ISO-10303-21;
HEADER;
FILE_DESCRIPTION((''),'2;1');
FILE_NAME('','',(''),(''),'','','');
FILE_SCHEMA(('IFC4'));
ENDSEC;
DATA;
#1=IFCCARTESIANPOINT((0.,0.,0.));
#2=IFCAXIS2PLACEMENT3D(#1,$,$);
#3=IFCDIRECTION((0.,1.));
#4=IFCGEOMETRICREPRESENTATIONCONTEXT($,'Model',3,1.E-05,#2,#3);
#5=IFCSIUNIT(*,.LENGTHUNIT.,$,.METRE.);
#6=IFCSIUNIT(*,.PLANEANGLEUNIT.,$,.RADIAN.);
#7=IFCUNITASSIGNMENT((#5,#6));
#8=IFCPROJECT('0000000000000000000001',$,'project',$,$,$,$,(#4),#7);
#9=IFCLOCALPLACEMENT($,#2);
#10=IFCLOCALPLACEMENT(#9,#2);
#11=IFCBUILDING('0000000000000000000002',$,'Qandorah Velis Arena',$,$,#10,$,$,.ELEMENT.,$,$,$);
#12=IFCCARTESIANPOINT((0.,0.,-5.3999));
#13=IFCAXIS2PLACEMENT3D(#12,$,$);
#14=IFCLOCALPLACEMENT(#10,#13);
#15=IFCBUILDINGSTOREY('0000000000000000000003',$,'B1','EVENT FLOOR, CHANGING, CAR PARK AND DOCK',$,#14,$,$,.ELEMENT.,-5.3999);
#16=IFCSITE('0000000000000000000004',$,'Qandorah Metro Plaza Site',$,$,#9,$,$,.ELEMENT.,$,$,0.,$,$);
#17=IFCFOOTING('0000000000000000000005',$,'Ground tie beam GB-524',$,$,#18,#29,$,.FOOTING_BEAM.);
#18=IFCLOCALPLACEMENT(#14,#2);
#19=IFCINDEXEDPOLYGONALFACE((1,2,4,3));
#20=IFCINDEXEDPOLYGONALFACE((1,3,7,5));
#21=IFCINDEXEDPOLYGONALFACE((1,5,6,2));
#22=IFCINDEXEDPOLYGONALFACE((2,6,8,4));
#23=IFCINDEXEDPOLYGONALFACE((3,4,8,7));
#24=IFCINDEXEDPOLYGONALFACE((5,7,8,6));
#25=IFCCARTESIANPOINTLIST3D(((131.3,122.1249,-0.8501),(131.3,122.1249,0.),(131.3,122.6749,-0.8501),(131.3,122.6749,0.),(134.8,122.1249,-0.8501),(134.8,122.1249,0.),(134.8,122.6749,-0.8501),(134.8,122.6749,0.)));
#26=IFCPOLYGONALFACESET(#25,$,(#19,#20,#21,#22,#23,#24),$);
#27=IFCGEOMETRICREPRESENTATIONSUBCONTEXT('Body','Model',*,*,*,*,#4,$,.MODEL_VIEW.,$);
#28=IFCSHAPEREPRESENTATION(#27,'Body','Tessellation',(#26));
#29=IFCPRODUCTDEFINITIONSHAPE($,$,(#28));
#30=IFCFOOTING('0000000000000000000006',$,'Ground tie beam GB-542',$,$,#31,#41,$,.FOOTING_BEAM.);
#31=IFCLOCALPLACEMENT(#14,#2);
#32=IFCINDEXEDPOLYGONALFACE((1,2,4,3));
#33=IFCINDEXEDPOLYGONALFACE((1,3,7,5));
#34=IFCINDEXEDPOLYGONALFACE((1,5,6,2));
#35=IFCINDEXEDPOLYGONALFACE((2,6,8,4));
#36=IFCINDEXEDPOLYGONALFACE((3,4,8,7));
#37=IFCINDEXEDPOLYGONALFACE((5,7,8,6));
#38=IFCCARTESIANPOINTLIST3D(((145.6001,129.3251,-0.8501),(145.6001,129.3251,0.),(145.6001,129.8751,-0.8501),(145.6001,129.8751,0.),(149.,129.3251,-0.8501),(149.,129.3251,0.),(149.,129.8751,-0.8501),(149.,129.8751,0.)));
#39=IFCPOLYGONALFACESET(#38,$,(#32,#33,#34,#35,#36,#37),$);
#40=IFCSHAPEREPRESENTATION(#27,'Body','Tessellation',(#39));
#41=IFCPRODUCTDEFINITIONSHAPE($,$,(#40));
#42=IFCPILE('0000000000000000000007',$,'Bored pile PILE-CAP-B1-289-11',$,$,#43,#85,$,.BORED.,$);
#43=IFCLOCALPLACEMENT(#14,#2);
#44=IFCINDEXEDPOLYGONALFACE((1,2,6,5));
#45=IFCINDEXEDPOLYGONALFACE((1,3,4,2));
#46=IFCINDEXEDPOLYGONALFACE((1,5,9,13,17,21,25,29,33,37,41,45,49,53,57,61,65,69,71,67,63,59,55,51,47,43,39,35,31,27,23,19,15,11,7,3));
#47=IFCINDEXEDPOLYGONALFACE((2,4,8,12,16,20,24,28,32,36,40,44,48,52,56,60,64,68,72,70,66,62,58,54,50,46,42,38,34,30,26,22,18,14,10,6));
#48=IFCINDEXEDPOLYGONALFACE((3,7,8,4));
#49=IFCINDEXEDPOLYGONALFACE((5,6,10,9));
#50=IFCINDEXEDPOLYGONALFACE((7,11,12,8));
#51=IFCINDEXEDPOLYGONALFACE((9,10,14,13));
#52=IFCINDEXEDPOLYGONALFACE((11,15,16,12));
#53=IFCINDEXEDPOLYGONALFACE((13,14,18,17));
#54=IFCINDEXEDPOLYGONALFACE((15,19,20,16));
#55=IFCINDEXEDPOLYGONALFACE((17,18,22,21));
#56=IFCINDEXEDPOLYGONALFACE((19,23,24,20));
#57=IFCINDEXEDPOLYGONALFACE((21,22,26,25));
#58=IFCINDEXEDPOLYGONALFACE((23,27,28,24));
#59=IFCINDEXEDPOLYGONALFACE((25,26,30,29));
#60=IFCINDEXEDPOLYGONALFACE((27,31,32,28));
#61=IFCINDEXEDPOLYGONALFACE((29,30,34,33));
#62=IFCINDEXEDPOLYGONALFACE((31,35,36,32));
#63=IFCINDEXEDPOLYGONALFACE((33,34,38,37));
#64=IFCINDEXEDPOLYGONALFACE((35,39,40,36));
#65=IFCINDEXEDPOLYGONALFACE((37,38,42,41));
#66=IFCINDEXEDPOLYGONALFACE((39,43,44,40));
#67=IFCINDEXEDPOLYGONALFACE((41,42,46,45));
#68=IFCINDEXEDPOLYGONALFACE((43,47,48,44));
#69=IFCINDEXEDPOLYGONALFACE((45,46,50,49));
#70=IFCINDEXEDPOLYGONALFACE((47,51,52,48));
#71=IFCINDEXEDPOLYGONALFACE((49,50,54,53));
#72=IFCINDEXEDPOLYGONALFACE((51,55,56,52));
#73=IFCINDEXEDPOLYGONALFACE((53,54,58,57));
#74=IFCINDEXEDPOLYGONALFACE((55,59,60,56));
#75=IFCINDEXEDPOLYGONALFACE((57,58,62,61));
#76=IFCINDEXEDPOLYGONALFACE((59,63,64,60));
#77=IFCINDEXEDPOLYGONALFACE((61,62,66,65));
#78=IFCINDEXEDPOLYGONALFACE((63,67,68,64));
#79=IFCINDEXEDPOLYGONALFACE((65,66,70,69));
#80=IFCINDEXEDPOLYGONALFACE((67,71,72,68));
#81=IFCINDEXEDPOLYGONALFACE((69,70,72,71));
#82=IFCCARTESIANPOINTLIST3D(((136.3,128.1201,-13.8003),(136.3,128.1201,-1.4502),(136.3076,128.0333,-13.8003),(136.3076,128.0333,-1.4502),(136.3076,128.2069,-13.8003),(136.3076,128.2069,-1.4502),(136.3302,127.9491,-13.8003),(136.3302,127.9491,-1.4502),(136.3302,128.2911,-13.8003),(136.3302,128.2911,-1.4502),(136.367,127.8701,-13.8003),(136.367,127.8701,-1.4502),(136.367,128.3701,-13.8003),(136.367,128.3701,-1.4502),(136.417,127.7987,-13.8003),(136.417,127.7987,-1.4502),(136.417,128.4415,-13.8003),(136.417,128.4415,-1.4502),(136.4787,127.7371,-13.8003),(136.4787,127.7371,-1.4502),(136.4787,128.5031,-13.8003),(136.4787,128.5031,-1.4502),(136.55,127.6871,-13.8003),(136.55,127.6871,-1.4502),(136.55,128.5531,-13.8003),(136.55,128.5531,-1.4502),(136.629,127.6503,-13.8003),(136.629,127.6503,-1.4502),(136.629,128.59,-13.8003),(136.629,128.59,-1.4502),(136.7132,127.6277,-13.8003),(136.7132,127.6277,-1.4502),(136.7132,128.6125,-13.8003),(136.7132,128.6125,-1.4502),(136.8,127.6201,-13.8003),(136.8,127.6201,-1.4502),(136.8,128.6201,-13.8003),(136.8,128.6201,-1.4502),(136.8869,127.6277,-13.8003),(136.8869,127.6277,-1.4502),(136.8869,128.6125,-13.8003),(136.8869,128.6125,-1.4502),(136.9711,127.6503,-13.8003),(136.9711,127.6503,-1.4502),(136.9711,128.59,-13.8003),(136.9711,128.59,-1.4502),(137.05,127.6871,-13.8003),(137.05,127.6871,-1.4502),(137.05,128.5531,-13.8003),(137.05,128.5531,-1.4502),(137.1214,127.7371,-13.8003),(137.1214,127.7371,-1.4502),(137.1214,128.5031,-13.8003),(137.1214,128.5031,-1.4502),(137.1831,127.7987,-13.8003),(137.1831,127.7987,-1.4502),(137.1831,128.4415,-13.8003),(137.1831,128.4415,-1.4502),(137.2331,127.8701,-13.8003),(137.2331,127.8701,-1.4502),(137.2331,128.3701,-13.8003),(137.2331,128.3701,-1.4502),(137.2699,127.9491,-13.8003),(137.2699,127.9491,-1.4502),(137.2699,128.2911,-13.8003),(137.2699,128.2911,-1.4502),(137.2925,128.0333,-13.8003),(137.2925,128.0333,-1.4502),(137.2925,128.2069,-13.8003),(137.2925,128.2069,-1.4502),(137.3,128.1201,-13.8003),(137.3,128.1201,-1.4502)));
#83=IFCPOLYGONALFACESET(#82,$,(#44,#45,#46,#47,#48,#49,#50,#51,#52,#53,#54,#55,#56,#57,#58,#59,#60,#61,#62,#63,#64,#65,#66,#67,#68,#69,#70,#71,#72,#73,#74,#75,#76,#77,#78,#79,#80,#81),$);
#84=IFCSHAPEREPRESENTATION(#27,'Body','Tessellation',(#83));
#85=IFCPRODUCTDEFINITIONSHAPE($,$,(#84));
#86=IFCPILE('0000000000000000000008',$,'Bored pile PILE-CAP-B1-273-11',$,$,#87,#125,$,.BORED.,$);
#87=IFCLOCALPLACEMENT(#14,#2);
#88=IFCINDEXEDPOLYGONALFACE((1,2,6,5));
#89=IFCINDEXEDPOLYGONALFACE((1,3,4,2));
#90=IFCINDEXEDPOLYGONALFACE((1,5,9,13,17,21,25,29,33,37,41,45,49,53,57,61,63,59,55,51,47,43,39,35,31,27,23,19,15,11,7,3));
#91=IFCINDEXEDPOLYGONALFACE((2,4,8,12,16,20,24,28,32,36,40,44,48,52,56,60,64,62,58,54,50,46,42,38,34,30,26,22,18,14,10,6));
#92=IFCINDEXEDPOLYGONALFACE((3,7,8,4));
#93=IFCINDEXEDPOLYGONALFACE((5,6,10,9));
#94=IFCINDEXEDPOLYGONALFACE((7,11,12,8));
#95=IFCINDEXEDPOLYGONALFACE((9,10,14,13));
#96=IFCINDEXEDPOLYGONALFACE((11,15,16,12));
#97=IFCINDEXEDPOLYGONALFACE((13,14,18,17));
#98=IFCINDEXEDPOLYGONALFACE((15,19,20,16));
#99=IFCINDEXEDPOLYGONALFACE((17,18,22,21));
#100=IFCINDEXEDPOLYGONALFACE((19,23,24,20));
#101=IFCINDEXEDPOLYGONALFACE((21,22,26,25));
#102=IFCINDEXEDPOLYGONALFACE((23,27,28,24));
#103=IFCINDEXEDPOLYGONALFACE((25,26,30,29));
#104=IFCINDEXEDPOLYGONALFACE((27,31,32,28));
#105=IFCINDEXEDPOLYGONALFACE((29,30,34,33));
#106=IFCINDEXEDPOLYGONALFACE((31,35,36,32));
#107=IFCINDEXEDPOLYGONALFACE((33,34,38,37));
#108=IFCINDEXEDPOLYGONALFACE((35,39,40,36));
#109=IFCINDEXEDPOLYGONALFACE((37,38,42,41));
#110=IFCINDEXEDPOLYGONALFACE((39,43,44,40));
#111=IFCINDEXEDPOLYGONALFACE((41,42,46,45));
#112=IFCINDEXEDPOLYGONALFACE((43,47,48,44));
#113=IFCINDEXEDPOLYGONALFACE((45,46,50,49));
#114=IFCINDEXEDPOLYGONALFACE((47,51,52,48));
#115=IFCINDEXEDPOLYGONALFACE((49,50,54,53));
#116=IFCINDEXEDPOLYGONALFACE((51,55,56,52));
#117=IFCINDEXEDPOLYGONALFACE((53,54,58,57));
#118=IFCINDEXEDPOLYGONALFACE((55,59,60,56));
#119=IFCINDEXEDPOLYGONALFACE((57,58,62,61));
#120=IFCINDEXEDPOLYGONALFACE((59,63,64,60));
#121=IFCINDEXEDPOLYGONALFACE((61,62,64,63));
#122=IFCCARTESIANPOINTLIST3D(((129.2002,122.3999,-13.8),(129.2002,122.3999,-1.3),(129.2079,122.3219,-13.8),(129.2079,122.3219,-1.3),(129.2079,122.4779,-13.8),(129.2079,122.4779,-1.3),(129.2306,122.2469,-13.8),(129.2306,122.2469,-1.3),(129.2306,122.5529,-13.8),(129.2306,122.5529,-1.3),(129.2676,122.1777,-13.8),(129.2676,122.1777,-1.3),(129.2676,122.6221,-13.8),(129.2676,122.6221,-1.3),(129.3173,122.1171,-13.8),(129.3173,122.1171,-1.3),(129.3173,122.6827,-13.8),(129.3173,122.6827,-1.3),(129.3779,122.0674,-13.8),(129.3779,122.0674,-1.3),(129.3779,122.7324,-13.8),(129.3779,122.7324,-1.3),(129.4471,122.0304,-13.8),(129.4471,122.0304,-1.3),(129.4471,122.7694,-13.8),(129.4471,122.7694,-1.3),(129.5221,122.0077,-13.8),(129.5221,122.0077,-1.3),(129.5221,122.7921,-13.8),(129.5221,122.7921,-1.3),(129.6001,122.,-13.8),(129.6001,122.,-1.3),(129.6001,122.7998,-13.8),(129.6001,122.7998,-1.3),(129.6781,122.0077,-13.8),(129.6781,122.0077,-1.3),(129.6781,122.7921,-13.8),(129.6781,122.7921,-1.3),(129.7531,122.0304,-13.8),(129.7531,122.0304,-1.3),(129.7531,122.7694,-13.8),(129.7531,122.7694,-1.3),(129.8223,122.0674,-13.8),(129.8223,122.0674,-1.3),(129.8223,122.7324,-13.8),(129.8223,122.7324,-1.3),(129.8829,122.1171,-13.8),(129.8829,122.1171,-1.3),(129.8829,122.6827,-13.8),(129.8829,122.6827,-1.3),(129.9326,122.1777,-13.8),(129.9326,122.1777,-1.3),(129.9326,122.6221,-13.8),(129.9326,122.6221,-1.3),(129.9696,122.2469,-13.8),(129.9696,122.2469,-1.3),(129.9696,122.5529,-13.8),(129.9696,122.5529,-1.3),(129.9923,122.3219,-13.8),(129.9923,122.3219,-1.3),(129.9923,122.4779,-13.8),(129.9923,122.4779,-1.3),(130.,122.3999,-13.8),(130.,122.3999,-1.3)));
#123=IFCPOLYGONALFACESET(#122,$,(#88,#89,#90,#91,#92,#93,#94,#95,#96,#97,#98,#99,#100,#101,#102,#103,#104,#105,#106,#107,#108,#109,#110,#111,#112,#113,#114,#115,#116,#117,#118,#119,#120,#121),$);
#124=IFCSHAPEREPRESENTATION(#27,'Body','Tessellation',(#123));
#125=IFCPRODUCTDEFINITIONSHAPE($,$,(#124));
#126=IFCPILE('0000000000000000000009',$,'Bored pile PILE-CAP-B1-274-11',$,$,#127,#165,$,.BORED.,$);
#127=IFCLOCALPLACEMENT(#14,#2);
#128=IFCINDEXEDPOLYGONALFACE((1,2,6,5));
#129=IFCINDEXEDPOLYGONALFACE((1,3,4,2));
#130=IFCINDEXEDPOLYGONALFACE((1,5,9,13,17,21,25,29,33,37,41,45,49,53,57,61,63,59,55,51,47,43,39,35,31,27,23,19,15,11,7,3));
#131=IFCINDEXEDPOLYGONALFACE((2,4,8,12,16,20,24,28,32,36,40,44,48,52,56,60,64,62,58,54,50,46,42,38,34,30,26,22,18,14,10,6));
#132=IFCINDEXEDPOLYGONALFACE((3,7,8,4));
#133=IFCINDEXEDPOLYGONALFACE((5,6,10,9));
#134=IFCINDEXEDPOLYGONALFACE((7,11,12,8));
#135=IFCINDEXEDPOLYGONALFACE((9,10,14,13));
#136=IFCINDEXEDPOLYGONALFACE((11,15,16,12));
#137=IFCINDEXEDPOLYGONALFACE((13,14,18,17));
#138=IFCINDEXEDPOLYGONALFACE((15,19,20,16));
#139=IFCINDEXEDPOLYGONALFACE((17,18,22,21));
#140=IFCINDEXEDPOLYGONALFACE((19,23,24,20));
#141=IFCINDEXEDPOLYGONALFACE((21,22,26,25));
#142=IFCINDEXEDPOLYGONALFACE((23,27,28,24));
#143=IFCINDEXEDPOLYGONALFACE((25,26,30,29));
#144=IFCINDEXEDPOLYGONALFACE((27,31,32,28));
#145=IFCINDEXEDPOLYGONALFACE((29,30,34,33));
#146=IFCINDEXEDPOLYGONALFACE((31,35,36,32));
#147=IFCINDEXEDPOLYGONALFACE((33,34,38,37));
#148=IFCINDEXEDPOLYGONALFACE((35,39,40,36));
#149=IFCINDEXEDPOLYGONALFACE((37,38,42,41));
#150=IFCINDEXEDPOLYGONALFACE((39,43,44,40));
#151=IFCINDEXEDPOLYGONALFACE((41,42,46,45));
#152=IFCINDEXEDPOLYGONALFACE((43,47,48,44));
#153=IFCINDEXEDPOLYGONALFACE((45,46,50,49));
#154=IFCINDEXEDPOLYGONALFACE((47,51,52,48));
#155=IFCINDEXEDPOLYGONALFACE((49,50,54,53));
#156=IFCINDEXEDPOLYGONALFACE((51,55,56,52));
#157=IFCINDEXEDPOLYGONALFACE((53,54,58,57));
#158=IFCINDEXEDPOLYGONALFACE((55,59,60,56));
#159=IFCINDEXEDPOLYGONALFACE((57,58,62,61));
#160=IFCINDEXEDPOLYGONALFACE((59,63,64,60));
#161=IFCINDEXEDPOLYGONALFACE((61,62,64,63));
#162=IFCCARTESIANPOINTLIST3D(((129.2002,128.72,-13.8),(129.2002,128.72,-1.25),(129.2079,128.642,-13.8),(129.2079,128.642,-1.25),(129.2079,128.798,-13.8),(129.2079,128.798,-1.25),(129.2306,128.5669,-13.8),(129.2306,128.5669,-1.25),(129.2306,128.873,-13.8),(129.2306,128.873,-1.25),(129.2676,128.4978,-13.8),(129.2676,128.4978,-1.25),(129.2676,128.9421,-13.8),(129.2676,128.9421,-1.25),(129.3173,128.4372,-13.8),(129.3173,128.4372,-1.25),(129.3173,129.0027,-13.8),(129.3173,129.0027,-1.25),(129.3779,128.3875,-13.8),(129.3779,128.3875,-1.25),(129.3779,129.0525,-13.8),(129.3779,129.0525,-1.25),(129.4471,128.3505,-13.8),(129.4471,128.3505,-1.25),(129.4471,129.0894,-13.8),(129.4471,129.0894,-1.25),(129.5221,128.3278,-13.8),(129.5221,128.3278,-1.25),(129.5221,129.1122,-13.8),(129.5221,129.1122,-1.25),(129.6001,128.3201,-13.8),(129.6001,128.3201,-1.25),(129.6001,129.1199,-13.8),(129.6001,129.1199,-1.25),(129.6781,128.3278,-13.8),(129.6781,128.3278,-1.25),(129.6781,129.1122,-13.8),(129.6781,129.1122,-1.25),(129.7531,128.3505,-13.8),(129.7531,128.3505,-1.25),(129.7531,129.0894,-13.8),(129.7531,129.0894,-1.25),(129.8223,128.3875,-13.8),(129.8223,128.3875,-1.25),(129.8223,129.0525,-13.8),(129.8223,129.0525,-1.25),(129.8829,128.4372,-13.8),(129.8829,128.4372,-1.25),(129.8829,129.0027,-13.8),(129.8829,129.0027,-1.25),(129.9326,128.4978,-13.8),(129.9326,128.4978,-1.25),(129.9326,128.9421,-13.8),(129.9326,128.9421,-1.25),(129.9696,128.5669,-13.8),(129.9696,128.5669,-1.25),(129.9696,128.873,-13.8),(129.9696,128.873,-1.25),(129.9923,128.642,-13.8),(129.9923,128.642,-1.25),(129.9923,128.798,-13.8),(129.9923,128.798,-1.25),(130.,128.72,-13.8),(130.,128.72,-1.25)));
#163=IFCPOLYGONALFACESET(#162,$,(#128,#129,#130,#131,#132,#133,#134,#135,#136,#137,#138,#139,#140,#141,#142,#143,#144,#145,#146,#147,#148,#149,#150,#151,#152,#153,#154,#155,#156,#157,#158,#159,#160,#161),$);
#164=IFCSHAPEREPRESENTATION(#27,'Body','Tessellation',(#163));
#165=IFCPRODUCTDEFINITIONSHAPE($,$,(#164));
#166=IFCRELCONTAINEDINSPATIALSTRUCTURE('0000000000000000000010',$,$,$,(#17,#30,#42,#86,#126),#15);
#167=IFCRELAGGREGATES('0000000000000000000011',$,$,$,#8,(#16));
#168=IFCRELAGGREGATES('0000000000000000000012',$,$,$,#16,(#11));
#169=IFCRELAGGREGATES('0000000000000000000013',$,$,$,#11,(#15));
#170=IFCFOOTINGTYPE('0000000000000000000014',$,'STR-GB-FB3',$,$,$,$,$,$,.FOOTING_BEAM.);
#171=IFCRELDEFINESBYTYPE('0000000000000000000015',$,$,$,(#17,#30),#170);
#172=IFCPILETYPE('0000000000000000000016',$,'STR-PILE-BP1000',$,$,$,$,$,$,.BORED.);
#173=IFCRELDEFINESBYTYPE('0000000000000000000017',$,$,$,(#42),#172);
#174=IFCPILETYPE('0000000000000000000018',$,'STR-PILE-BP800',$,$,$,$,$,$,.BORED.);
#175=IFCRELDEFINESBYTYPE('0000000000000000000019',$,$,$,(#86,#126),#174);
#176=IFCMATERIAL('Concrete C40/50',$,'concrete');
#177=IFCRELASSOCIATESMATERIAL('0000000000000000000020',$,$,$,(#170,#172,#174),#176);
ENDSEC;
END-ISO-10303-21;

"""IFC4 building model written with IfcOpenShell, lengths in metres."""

from ifc_helpers import new_model, si_unit, direction, frame, origin, origin_2d, place, context, subcontext, project, spatial, rectangle, circle, extrude, material, material_profile, profile_set, type_object, element, save


model = new_model("IFC4")

# Units and contexts
model_context = context("Model", 3, precision=1e-05, world=origin(), true_north=direction((0.0, 1.0)))
body_context = subcontext(model_context, "Body", "Model", "MODEL_VIEW")
ifc_project = project(units=[si_unit("LENGTHUNIT", "METRE"), si_unit("PLANEANGLEUNIT", "RADIAN")], contexts=[model_context])

# Site, building, storey
site_placement = place(None, origin())
site = spatial("IfcSite", under=ifc_project, at=site_placement, Name="Qandorah Metro Plaza Site", CompositionType="ELEMENT", RefElevation=0.0)
building_placement = place(site_placement, origin())
building = spatial("IfcBuilding", under=site, at=building_placement, Name="Qandorah Velis Arena", CompositionType="ELEMENT")
storey_placement = place(building_placement, frame((0.0, 0.0, -5.3999)))
storey = spatial("IfcBuildingStorey", under=building, at=storey_placement, Name="B1", Description="EVENT FLOOR, CHANGING, CAR PARK AND DOCK", CompositionType="ELEMENT", Elevation=-5.3999)

# Footings
ifc_material_1 = material(Name="Concrete C40/50", Category="concrete")
ifc_material_profile_1 = material_profile(ifc_material_1, rectangle(XDim=0.55, YDim=0.8501, at=origin_2d()), Name="GB3 550x850")
ifc_profile_set_1 = profile_set([ifc_material_profile_1], Name="Concrete C40/50")
footing_type_1 = type_object("IfcFootingType", Name="STR-GB-FB3", PredefinedType="FOOTING_BEAM", material=ifc_profile_set_1)
footing_1_placement = place(storey_placement, frame((131.3, 122.3999, -0.425), z_axis=(1.0, 0.0, 0.0), x_axis=(0.0, 1.0, 0.0)))
element("IfcFooting", 1, at=footing_1_placement, inside=storey, type_object=footing_type_1, Name="Ground tie beam GB-524", PredefinedType="FOOTING_BEAM", context=body_context, shape_type="SweptSolid", body=[
    extrude(rectangle(XDim=0.55, YDim=0.8501, at=origin_2d()), origin(), (0.0, 0.0, 1.0), 3.5),
])
footing_2_placement = place(storey_placement, frame((145.6001, 129.6001, -0.425), z_axis=(1.0, 0.0, 0.0), x_axis=(0.0, 1.0, 0.0)))
element("IfcFooting", 2, at=footing_2_placement, inside=storey, type_object=footing_type_1, Name="Ground tie beam GB-542", PredefinedType="FOOTING_BEAM", context=body_context, shape_type="SweptSolid", body=[
    extrude(rectangle(XDim=0.55, YDim=0.8501, at=origin_2d()), origin(), (0.0, 0.0, 1.0), 3.3999),
])

# Piles
ifc_material_profile_2 = material_profile(ifc_material_1, circle(Radius=0.5, at=origin_2d()), Name="BORED PILE D1000")
ifc_profile_set_2 = profile_set([ifc_material_profile_2], Name="Concrete C40/50")
pile_type_1 = type_object("IfcPileType", Name="STR-PILE-BP1000", PredefinedType="BORED", material=ifc_profile_set_2)
pile_1_placement = place(storey_placement, frame((136.8, 128.1201, -1.4502), z_axis=(0.0, 0.0, -1.0), x_axis=(1.0, 0.0, 0.0)))
element("IfcPile", 3, at=pile_1_placement, inside=storey, type_object=pile_type_1, Name="Bored pile PILE-CAP-B1-289-11", PredefinedType="BORED", context=body_context, shape_type="SweptSolid", body=[
    extrude(circle(Radius=0.5, at=origin_2d()), origin(), (0.0, 0.0, 1.0), 12.3501),
])
ifc_material_profile_3 = material_profile(ifc_material_1, circle(Radius=0.3999, at=origin_2d()), Name="BORED PILE D800")
ifc_profile_set_3 = profile_set([ifc_material_profile_3], Name="Concrete C40/50")
pile_type_2 = type_object("IfcPileType", Name="STR-PILE-BP800", PredefinedType="BORED", material=ifc_profile_set_3)
pile_2_placement = place(storey_placement, frame((129.6001, 122.3999, -1.3), z_axis=(0.0, 0.0, -1.0), x_axis=(1.0, 0.0, 0.0)))
element("IfcPile", 4, at=pile_2_placement, inside=storey, type_object=pile_type_2, Name="Bored pile PILE-CAP-B1-273-11", PredefinedType="BORED", context=body_context, shape_type="SweptSolid", body=[
    extrude(circle(Radius=0.3999, at=origin_2d()), origin(), (0.0, 0.0, 1.0), 12.5),
])
pile_3_placement = place(storey_placement, frame((129.6001, 128.72, -1.25), z_axis=(0.0, 0.0, -1.0), x_axis=(1.0, 0.0, 0.0)))
element("IfcPile", 5, at=pile_3_placement, inside=storey, type_object=pile_type_2, Name="Bored pile PILE-CAP-B1-274-11", PredefinedType="BORED", context=body_context, shape_type="SweptSolid", body=[
    extrude(circle(Radius=0.3999, at=origin_2d()), origin(), (0.0, 0.0, 1.0), 12.55),
])

save(model, "model.ifc")
